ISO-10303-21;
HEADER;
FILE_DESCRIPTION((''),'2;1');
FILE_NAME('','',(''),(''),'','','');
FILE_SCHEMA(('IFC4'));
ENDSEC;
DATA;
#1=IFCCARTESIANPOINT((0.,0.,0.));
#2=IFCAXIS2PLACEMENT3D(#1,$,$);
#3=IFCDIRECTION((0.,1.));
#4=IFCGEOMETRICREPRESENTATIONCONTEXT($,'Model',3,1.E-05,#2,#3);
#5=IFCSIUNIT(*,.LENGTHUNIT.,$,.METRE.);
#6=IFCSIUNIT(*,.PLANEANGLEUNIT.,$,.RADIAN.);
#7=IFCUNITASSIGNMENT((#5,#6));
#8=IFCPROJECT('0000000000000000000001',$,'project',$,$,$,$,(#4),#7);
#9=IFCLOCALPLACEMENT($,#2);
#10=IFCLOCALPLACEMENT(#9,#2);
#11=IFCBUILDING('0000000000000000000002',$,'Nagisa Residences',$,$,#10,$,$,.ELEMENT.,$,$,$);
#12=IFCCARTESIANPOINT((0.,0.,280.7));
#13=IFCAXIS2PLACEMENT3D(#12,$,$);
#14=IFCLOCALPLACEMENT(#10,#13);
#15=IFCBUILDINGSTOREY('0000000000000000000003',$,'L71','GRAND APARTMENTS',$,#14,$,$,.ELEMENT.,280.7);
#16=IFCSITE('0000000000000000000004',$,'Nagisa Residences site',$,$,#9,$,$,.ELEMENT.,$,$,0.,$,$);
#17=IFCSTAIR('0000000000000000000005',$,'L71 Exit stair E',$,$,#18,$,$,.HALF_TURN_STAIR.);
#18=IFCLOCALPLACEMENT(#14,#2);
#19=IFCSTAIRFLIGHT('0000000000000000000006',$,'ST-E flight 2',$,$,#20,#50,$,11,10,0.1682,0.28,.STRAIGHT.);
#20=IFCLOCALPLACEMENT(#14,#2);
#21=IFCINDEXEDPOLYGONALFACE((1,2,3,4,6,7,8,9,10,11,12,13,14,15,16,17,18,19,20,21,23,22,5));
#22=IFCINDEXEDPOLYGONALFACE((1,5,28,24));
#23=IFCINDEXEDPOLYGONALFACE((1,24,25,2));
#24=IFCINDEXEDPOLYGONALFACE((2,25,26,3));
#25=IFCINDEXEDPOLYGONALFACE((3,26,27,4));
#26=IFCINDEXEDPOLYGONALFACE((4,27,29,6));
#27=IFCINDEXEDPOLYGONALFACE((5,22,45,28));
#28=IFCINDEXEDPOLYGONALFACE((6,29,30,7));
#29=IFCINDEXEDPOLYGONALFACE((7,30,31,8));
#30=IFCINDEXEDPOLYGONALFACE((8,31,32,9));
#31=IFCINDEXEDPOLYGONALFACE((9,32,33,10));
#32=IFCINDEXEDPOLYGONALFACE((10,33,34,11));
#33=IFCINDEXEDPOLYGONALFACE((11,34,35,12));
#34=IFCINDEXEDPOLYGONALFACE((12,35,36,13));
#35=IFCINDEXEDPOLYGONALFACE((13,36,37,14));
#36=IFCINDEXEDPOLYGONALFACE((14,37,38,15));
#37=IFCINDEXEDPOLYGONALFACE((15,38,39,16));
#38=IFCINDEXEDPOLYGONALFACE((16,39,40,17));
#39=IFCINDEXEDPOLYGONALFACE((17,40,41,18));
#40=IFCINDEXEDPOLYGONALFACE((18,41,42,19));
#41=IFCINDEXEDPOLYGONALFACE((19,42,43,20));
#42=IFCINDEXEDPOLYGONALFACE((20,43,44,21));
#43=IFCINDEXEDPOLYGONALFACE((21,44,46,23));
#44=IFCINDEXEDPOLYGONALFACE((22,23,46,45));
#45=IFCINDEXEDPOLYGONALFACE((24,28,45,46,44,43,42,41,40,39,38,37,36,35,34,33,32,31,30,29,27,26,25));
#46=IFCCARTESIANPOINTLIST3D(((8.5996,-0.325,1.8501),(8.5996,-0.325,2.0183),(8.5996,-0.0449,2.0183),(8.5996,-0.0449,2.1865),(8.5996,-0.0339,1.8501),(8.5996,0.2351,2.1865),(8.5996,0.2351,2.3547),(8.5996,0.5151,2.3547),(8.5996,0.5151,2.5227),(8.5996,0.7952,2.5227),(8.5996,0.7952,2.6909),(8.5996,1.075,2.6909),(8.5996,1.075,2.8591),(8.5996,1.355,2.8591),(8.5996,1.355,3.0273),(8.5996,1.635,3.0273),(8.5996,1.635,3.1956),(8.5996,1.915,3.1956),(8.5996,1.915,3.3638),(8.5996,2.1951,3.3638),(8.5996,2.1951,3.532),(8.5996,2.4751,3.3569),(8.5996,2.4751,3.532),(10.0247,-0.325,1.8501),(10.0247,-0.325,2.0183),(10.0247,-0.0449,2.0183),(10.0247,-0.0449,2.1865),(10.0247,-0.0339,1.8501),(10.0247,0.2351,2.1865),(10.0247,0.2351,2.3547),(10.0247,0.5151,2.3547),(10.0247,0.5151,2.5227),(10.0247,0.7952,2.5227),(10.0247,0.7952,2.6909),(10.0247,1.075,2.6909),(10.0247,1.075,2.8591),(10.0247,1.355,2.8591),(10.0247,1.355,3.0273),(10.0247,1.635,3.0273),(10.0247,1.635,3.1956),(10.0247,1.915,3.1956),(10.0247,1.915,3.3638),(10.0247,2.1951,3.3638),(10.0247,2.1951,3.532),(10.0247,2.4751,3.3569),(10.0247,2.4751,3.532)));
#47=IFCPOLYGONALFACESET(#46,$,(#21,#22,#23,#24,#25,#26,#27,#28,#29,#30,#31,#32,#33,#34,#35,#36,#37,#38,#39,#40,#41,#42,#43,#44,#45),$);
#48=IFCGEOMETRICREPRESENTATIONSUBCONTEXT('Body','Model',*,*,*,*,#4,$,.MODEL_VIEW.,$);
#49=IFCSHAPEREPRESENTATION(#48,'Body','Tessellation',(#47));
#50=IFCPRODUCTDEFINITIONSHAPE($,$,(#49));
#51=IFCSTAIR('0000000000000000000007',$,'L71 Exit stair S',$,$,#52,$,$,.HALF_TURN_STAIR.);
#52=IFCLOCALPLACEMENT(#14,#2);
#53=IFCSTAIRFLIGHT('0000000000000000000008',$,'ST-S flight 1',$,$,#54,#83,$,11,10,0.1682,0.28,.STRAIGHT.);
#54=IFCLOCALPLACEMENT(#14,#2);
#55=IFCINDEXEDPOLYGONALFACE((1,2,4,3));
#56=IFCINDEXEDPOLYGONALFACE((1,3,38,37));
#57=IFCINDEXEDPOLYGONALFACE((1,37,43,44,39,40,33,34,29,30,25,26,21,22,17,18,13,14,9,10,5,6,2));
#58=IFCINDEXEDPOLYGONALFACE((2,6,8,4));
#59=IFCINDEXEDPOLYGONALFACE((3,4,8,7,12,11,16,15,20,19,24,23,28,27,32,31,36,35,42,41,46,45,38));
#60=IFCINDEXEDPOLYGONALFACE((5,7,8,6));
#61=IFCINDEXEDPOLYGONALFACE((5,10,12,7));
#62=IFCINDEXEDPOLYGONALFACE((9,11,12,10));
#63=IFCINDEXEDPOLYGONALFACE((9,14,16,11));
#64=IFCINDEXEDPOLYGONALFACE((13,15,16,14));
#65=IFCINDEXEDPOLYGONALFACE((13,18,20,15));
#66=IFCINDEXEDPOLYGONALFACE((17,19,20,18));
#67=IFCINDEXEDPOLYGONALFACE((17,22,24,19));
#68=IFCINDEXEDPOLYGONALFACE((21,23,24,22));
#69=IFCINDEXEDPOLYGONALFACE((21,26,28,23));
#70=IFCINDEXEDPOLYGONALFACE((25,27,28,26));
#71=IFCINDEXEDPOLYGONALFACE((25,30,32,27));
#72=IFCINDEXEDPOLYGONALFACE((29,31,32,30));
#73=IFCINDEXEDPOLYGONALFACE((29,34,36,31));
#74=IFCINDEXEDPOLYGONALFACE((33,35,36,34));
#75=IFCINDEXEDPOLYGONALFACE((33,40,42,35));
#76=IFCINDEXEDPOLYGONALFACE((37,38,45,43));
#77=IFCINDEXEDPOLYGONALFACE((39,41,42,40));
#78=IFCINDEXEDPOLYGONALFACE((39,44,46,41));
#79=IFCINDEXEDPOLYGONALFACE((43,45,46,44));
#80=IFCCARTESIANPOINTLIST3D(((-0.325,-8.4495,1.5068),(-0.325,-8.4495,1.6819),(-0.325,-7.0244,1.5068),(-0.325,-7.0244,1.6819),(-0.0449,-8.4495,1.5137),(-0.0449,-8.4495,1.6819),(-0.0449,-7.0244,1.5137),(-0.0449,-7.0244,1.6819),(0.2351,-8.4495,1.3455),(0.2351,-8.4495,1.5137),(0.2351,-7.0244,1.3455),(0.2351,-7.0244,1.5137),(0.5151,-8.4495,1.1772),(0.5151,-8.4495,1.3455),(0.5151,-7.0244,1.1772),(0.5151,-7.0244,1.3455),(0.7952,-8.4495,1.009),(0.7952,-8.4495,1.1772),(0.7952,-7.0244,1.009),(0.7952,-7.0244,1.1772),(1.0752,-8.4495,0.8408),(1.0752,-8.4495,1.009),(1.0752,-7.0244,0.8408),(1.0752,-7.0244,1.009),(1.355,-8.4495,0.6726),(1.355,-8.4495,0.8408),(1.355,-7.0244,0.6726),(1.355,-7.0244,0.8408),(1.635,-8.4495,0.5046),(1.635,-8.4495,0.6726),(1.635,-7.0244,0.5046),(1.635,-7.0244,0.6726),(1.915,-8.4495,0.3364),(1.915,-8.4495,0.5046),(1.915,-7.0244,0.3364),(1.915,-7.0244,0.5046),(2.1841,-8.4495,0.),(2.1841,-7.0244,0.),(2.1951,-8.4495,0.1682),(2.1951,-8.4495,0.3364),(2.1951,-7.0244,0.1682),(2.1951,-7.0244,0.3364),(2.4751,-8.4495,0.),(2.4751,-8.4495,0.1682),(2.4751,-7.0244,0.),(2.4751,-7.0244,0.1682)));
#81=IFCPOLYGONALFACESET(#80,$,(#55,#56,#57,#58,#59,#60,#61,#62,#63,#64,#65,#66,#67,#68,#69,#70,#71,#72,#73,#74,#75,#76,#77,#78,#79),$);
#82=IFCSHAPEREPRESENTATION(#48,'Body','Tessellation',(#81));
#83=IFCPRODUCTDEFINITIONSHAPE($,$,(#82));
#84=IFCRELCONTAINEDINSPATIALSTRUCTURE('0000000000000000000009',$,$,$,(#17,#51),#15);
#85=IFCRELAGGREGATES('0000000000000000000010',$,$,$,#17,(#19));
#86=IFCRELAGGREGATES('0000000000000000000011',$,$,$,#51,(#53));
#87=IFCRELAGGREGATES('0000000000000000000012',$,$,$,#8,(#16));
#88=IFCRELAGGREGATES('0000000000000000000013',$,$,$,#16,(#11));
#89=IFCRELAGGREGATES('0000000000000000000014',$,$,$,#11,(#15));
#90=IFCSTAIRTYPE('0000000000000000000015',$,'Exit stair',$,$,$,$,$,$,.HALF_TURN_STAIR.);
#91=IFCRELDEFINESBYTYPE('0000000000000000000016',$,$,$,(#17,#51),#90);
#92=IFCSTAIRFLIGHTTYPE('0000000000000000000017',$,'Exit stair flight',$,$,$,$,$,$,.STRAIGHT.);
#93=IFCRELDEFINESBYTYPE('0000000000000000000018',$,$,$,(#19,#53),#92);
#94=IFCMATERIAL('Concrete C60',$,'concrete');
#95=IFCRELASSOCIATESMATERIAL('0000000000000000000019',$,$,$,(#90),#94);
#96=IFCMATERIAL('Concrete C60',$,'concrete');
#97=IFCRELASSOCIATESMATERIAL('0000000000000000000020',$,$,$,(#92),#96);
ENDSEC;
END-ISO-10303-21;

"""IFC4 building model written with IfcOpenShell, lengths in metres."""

from ifc_helpers import new_model, si_unit, direction, frame, origin, place, context, subcontext, project, spatial, polyline, outline, extrude, material, type_object, element, aggregate, save


model = new_model("IFC4")

# Units and contexts
model_context = context("Model", 3, precision=1e-05, world=origin(), true_north=direction((0.0, 1.0)))
body_context = subcontext(model_context, "Body", "Model", "MODEL_VIEW")
ifc_project = project(units=[si_unit("LENGTHUNIT", "METRE"), si_unit("PLANEANGLEUNIT", "RADIAN")], contexts=[model_context])

# Site, building, storey
site_placement = place(None, origin())
site = spatial("IfcSite", under=ifc_project, at=site_placement, Name="Nagisa Residences site", CompositionType="ELEMENT", RefElevation=0.0)
building_placement = place(site_placement, origin())
building = spatial("IfcBuilding", under=site, at=building_placement, Name="Nagisa Residences", CompositionType="ELEMENT")
storey_placement = place(building_placement, frame((0.0, 0.0, 280.7)))
storey = spatial("IfcBuildingStorey", under=building, at=storey_placement, Name="L71", Description="GRAND APARTMENTS", CompositionType="ELEMENT", Elevation=280.7)

# Stairs, stair flights
ifc_material_1 = material(Name="Concrete C60", Category="concrete")
stair_type = type_object("IfcStairType", Name="Exit stair", PredefinedType="HALF_TURN_STAIR", material=ifc_material_1)
stair_1_placement = place(storey_placement, origin())
stair_1 = element("IfcStair", 1, at=stair_1_placement, inside=storey, type_object=stair_type, Name="L71 Exit stair E", PredefinedType="HALF_TURN_STAIR")
ifc_material_2 = material(Name="Concrete C60", Category="concrete")
stair_flight_type = type_object("IfcStairFlightType", Name="Exit stair flight", PredefinedType="STRAIGHT", material=ifc_material_2)
stair_flight_1_placement = place(storey_placement, frame((9.312, -0.325, 1.8501), z_axis=(0.0, 0.0, 1.0), x_axis=(0.0, 1.0, 0.0)))
stair_flight_1 = element("IfcStairFlight", 2, at=stair_flight_1_placement, type_object=stair_flight_type, Name="ST-E flight 2", NumberOfRisers=11, NumberOfTreads=10, PredefinedType="STRAIGHT", RiserHeight=0.1682, TreadLength=0.28, context=body_context, shape_type="SweptSolid", body=[
    extrude(outline(polyline([(0.0, 0.0), (0.0, 0.1682), (0.28, 0.1682), (0.28, 0.3364), (0.5601, 0.3364), (0.5601, 0.5046), (0.8401, 0.5046), (0.8401, 0.6726), (1.1201, 0.6726), (1.1201, 0.8408), (1.3999, 0.8408), (1.3999, 1.009), (1.6799, 1.009), (1.6799, 1.1772), (1.96, 1.1772), (1.96, 1.3455), (2.24, 1.3455), (2.24, 1.5137), (2.52, 1.5137), (2.52, 1.6819), (2.8, 1.6819), (2.8, 1.8501), (2.8, 1.5068), (0.291, 0.0), (0.0, 0.0)])), frame((0.0, 0.7124, 0.0), z_axis=(0.0, -1.0, 0.0), x_axis=(1.0, 0.0, 0.0)), (0.0, 0.0, 1.0), 1.425),
])
aggregate(stair_1, [stair_flight_1])
stair_2_placement = place(storey_placement, origin())
stair_2 = element("IfcStair", 3, at=stair_2_placement, inside=storey, type_object=stair_type, Name="L71 Exit stair S", PredefinedType="HALF_TURN_STAIR")
stair_flight_2_placement = place(storey_placement, frame((2.4751, -7.7371, 0.0), z_axis=(0.0, 0.0, 1.0), x_axis=(-1.0, 0.0, 0.0)))
stair_flight_2 = element("IfcStairFlight", 4, at=stair_flight_2_placement, type_object=stair_flight_type, Name="ST-S flight 1", NumberOfRisers=11, NumberOfTreads=10, PredefinedType="STRAIGHT", RiserHeight=0.1682, TreadLength=0.28, context=body_context, shape_type="SweptSolid", body=[
    extrude(outline(polyline([(0.0, 0.0), (0.0, 0.1682), (0.28, 0.1682), (0.28, 0.3364), (0.5601, 0.3364), (0.5601, 0.5046), (0.8401, 0.5046), (0.8401, 0.6726), (1.1201, 0.6726), (1.1201, 0.8408), (1.3999, 0.8408), (1.3999, 1.009), (1.6799, 1.009), (1.6799, 1.1772), (1.96, 1.1772), (1.96, 1.3455), (2.24, 1.3455), (2.24, 1.5137), (2.52, 1.5137), (2.52, 1.6819), (2.8, 1.6819), (2.8, 1.8501), (2.8, 1.5068), (0.291, 0.0), (0.0, 0.0)])), frame((0.0, 0.7124, 0.0), z_axis=(0.0, -1.0, 0.0), x_axis=(1.0, 0.0, 0.0)), (0.0, 0.0, 1.0), 1.425),
])
aggregate(stair_2, [stair_flight_2])

save(model, "model.ifc")
